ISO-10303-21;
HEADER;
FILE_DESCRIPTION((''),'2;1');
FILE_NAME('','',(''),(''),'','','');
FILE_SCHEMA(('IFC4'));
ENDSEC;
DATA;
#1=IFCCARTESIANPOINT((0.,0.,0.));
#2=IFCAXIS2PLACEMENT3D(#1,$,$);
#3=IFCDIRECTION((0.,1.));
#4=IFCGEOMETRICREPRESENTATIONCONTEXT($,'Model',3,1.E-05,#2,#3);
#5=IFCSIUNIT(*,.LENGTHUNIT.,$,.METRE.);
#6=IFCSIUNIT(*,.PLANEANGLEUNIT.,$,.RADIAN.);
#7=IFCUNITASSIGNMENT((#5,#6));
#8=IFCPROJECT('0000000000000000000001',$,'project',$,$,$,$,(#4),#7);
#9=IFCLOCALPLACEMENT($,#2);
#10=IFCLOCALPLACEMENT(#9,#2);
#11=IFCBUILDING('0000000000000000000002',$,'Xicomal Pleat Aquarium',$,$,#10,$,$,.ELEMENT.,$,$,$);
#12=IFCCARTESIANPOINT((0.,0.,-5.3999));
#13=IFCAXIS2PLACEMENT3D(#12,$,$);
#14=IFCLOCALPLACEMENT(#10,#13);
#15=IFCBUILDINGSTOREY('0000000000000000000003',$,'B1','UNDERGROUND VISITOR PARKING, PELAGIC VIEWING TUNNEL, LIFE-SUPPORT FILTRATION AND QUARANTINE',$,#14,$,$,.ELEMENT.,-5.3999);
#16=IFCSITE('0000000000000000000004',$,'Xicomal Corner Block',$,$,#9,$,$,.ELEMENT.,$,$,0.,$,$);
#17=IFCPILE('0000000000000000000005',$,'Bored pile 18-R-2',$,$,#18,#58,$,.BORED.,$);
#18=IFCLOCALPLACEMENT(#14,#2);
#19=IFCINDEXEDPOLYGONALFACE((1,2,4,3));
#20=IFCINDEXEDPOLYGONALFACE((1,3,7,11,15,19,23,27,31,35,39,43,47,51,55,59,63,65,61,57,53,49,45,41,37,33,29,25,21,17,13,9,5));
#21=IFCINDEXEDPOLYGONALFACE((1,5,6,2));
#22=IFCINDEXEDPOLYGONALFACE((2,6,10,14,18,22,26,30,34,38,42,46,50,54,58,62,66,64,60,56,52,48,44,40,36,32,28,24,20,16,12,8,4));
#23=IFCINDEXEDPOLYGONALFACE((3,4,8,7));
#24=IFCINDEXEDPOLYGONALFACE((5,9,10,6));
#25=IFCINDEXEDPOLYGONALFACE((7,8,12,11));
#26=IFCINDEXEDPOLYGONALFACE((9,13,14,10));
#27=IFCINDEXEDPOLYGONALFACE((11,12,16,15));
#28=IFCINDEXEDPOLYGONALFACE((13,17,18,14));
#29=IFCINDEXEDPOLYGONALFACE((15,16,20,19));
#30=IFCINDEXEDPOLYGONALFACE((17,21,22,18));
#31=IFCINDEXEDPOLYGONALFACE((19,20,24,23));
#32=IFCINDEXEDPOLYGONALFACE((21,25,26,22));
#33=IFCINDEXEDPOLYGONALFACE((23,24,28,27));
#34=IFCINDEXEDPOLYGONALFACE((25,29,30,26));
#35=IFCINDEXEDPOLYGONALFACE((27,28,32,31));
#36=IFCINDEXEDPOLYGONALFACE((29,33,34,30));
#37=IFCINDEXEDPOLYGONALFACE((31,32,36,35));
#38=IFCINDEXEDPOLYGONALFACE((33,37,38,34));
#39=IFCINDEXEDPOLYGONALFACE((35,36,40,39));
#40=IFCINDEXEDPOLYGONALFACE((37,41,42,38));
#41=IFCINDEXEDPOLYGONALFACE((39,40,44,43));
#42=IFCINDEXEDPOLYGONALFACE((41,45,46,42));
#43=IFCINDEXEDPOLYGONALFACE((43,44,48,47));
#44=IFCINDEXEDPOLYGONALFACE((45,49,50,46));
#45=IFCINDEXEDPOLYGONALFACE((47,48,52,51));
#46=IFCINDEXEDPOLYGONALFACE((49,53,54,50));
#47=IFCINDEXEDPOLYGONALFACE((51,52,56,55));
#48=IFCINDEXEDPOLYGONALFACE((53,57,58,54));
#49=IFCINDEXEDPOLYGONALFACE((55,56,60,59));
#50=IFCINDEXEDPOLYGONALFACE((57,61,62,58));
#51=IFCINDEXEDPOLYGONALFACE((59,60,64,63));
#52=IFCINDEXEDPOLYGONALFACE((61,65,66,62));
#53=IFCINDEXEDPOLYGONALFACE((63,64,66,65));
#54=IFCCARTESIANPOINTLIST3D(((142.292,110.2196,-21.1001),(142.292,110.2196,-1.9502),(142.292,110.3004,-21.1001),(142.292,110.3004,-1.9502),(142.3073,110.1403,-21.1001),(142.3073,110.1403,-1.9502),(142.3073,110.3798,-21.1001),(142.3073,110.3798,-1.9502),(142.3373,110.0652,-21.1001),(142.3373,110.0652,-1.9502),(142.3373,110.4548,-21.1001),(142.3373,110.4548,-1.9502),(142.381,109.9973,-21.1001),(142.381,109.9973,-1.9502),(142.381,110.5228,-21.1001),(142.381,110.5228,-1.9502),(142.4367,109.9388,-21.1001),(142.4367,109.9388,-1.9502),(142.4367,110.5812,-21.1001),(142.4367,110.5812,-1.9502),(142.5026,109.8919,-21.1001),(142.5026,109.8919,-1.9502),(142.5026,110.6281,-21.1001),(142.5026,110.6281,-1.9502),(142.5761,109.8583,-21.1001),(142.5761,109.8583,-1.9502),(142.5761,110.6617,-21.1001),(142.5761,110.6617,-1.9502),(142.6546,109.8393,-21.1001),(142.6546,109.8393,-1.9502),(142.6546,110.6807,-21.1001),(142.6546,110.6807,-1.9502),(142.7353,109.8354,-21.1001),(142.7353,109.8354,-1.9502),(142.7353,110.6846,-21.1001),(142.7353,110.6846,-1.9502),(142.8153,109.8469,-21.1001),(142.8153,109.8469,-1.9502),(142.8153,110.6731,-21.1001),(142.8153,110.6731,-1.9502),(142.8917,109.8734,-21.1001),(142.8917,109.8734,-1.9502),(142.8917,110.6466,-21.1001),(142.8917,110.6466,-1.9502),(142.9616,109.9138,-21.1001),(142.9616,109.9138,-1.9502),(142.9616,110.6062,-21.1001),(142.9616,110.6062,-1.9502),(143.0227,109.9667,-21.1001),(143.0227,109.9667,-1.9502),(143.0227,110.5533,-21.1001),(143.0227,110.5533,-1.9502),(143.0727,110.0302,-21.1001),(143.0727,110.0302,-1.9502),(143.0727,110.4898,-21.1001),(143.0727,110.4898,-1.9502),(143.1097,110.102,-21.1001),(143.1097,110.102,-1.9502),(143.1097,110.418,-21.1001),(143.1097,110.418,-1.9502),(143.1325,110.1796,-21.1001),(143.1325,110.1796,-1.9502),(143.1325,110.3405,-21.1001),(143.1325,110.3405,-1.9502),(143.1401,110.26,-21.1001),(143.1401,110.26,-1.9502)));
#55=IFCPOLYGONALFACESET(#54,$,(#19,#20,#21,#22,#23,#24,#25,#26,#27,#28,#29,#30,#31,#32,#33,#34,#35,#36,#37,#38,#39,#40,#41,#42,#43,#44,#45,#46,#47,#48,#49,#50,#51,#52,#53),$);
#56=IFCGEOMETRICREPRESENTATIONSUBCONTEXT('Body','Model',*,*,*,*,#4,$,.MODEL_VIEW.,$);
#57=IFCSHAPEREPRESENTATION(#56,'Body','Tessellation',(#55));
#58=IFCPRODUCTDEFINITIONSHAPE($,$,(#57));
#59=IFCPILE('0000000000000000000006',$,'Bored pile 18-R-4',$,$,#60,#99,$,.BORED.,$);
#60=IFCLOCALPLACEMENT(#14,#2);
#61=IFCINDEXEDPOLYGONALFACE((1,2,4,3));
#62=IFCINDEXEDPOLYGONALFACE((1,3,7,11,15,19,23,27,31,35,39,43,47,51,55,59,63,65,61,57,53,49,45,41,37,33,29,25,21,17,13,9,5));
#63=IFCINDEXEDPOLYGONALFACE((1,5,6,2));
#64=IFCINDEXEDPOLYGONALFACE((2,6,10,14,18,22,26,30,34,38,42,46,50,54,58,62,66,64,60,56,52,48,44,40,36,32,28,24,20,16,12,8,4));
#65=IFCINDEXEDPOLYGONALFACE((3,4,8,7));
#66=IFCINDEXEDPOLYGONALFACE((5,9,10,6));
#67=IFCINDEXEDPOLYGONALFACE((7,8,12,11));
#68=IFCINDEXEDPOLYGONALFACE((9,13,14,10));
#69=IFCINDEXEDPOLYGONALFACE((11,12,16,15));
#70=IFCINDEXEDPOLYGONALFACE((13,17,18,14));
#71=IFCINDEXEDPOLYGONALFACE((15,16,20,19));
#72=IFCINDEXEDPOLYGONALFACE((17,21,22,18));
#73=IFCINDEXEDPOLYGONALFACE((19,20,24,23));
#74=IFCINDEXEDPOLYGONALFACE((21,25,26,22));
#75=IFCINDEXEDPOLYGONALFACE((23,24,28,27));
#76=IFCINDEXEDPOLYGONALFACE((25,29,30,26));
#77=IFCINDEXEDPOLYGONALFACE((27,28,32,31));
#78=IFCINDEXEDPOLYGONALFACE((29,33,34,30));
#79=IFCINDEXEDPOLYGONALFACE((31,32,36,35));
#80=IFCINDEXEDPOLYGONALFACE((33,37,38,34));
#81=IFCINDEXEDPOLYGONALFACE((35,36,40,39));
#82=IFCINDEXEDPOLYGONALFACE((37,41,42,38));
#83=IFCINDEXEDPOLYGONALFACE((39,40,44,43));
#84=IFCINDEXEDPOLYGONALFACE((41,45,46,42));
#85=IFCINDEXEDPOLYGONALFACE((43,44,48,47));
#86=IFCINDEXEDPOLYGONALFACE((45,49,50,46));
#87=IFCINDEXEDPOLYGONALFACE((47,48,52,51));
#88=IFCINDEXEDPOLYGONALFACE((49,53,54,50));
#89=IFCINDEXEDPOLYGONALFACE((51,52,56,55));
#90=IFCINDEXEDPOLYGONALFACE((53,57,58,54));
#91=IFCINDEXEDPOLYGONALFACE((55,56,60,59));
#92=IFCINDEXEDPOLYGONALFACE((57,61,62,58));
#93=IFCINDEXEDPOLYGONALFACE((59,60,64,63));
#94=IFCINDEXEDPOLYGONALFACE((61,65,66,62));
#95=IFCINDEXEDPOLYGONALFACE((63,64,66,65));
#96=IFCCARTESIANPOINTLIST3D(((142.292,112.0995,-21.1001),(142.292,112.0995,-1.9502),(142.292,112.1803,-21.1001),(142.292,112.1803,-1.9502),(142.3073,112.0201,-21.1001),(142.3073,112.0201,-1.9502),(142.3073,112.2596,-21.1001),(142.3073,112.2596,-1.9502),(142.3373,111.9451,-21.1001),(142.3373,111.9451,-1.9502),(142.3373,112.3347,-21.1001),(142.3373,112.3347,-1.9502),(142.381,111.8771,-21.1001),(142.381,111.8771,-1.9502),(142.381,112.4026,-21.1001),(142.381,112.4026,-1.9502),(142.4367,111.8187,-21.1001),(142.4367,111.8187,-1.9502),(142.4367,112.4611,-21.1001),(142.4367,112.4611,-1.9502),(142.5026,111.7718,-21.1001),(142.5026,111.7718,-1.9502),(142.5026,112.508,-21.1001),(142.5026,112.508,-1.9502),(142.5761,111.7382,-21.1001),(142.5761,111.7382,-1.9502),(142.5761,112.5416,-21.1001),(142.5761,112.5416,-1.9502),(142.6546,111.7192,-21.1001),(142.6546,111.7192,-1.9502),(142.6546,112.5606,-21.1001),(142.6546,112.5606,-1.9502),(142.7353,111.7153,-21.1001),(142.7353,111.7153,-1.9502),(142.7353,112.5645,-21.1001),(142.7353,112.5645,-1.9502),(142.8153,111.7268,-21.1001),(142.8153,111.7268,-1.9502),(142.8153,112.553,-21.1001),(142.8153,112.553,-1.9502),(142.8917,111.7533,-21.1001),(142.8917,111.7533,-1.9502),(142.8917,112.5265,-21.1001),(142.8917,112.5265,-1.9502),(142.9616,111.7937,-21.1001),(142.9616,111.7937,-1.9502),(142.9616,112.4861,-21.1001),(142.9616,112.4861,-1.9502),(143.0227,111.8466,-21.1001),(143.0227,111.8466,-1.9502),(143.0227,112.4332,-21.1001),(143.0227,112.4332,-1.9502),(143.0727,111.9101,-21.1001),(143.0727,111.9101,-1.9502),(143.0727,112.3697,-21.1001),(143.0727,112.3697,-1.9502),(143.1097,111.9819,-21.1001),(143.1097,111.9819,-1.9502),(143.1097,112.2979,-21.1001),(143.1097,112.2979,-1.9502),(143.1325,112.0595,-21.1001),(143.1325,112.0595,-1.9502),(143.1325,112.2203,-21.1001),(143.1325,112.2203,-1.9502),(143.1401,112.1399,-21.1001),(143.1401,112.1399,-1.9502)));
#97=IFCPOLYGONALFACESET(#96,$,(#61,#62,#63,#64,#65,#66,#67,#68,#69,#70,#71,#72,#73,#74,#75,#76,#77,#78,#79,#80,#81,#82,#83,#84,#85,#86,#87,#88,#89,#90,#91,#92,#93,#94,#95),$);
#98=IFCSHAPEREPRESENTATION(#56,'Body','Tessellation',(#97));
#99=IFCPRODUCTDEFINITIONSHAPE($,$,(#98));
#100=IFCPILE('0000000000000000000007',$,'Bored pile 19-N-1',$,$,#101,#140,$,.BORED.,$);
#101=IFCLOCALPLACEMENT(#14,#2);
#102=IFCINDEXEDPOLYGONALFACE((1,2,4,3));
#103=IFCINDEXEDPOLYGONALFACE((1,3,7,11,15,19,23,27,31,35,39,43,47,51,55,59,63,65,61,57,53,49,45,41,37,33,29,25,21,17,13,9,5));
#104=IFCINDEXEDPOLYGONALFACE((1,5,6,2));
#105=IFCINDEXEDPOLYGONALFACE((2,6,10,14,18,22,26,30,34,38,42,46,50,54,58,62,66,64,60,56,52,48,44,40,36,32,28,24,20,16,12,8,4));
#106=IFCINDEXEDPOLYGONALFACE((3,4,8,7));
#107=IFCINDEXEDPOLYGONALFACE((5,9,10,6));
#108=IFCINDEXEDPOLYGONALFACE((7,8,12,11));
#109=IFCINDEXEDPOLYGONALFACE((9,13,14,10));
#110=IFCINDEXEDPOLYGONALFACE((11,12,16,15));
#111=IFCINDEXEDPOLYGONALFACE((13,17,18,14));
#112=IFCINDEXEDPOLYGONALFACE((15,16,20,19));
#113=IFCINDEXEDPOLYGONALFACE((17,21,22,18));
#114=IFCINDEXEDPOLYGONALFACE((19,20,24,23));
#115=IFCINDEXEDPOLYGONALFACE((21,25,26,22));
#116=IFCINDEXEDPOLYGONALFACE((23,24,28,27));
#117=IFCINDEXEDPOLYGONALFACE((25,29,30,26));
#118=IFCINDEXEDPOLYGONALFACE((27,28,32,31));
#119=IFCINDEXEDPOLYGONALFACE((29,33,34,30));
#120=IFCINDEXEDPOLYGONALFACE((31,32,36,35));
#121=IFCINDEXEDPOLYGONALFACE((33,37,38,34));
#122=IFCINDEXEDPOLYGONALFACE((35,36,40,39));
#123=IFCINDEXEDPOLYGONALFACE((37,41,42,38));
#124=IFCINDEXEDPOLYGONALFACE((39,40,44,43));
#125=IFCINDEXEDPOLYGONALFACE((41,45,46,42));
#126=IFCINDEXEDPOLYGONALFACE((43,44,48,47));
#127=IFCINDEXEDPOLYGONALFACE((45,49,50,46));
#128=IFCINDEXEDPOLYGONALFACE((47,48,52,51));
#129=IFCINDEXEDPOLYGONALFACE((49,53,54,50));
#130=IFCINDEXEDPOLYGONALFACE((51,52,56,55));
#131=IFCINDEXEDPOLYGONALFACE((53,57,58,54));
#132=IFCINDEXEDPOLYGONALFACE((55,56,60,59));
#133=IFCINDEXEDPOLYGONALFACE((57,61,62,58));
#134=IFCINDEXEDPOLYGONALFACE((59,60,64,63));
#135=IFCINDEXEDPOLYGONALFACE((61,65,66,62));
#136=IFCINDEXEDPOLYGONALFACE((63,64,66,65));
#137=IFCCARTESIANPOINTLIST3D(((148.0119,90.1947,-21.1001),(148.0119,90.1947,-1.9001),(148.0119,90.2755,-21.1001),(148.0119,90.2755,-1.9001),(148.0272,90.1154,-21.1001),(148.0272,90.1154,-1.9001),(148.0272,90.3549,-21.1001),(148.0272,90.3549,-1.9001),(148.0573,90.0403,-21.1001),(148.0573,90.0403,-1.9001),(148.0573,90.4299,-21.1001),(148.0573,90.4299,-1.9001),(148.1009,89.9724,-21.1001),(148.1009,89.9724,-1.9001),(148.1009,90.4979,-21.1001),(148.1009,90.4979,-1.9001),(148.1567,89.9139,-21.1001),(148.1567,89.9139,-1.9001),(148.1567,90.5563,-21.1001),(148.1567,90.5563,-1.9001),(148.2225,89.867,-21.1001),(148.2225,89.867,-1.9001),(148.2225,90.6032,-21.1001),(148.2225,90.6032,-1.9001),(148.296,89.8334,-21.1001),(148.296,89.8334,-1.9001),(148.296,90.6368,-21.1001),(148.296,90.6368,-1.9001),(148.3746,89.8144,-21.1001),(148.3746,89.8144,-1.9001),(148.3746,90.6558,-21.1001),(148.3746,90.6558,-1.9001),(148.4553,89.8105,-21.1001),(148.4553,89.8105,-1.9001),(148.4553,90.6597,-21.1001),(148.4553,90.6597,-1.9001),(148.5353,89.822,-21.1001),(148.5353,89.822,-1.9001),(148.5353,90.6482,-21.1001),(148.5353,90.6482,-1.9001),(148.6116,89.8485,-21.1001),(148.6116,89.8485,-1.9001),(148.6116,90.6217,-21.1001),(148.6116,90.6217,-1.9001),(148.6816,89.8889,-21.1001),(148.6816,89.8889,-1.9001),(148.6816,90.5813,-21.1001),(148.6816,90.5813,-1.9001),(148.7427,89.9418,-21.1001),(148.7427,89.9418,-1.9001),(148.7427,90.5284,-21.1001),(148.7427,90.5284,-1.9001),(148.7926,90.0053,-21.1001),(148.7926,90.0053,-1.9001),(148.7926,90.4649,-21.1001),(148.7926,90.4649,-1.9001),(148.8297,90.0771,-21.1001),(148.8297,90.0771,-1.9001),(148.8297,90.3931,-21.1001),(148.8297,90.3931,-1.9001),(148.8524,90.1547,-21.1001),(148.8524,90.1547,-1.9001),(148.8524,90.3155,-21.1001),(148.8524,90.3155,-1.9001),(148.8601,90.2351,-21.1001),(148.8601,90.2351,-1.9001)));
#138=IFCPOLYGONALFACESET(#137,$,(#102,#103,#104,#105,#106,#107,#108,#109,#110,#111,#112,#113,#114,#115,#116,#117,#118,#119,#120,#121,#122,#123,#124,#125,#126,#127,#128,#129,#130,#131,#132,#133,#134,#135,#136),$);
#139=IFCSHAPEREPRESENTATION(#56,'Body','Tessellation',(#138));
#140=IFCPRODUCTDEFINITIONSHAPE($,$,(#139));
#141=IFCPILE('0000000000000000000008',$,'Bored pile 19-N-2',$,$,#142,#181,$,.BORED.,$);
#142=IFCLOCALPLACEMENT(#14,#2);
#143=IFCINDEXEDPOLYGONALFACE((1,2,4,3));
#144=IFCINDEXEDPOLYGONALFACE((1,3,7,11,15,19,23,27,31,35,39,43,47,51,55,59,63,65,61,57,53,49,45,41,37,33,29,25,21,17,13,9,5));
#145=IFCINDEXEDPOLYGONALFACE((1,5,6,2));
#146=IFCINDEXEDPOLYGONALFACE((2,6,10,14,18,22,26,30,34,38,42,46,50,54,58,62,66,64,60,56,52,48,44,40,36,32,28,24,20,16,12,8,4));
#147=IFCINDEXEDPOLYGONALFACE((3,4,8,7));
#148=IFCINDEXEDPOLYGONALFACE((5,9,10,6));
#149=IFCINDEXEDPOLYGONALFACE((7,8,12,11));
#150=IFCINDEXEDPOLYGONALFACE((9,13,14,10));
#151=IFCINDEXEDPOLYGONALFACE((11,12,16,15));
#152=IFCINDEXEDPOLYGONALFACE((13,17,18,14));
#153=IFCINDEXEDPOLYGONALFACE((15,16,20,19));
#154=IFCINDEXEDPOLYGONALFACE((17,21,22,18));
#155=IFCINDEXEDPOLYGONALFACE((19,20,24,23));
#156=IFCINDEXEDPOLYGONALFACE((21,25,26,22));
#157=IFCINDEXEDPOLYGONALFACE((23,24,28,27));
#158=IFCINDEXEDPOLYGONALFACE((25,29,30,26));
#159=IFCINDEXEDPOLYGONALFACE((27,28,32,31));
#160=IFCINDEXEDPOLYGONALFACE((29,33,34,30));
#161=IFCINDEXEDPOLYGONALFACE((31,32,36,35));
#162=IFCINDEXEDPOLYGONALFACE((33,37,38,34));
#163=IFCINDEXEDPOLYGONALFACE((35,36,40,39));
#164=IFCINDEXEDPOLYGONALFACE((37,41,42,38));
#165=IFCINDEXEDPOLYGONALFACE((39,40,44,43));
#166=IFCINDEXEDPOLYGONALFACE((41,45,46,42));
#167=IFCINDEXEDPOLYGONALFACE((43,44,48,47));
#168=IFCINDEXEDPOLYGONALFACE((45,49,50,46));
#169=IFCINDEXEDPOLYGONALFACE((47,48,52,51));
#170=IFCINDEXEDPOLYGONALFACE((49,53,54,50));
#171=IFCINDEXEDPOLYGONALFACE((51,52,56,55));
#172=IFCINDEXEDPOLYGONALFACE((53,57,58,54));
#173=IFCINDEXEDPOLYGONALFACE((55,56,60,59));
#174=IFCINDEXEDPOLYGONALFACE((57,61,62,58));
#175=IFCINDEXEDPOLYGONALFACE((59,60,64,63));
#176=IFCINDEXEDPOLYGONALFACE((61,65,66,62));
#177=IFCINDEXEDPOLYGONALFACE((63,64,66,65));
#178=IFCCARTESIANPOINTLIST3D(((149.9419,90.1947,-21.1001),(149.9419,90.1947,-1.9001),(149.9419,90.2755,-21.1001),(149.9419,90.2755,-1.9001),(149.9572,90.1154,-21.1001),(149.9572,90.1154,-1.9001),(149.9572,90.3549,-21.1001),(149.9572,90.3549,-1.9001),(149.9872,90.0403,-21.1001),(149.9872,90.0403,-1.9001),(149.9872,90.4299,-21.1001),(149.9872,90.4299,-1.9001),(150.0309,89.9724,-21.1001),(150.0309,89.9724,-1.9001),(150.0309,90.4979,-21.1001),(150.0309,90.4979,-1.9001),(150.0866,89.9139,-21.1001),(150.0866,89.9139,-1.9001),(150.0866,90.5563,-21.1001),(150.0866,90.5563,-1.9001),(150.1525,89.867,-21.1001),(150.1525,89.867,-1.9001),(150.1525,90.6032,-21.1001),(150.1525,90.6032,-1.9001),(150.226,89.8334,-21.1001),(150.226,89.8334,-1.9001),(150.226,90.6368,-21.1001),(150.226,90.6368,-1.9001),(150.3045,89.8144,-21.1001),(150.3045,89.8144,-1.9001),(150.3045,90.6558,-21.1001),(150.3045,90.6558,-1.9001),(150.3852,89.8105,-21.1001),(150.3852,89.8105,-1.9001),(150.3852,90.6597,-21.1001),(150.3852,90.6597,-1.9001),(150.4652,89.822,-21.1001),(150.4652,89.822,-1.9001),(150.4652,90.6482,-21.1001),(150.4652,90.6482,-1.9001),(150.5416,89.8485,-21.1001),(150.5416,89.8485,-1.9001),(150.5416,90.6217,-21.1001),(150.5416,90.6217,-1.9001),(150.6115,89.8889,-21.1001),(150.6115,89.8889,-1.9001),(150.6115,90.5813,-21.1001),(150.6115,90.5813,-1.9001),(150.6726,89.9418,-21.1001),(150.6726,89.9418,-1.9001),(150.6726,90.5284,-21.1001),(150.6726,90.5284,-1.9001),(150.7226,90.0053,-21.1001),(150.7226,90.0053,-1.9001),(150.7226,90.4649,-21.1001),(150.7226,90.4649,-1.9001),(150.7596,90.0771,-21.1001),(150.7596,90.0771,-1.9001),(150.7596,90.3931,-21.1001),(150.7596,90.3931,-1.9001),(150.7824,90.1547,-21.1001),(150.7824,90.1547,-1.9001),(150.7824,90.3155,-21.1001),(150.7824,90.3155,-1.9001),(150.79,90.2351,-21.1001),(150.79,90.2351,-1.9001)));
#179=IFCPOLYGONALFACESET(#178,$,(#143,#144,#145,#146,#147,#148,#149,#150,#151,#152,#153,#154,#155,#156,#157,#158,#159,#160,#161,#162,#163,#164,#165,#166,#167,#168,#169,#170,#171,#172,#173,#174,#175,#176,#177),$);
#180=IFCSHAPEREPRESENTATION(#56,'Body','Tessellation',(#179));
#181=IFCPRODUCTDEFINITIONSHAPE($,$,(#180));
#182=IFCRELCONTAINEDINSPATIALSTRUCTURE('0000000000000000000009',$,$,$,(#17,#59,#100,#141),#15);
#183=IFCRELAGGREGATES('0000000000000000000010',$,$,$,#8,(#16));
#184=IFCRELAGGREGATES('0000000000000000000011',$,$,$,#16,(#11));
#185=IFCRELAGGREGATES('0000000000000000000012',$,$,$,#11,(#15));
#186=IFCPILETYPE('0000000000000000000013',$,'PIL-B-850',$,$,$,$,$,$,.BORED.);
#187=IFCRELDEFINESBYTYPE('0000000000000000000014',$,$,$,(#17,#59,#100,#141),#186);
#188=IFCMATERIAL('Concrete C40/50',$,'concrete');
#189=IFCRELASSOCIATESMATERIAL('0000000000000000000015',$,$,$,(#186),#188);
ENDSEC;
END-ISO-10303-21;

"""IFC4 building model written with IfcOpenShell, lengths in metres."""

from ifc_helpers import new_model, si_unit, direction, frame, origin, origin_2d, place, context, subcontext, project, spatial, circle, extrude, material, material_profile, profile_set, type_object, element, save


model = new_model("IFC4")

# Units and contexts
model_context = context("Model", 3, precision=1e-05, world=origin(), true_north=direction((0.0, 1.0)))
body_context = subcontext(model_context, "Body", "Model", "MODEL_VIEW")
ifc_project = project(units=[si_unit("LENGTHUNIT", "METRE"), si_unit("PLANEANGLEUNIT", "RADIAN")], contexts=[model_context])

# Site, building, storey
site_placement = place(None, origin())
site = spatial("IfcSite", under=ifc_project, at=site_placement, Name="Xicomal Corner Block", CompositionType="ELEMENT", RefElevation=0.0)
building_placement = place(site_placement, origin())
building = spatial("IfcBuilding", under=site, at=building_placement, Name="Xicomal Pleat Aquarium", CompositionType="ELEMENT")
storey_placement = place(building_placement, frame((0.0, 0.0, -5.3999)))
storey = spatial("IfcBuildingStorey", under=building, at=storey_placement, Name="B1", Description="UNDERGROUND VISITOR PARKING, PELAGIC VIEWING TUNNEL, LIFE-SUPPORT FILTRATION AND QUARANTINE", CompositionType="ELEMENT", Elevation=-5.3999)

# Piles
ifc_material_1 = material(Name="Concrete C40/50", Category="concrete")
ifc_material_profile_1 = material_profile(ifc_material_1, circle(Radius=0.425, at=origin_2d()), Name="BORED PILE D850")
ifc_profile_set_1 = profile_set([ifc_material_profile_1], Name="Concrete C40/50")
pile_type_1 = type_object("IfcPileType", Name="PIL-B-850", PredefinedType="BORED", material=ifc_profile_set_1)
for number, where, z_axis, x_axis, name in (
    (1, (142.7151, 110.26, -1.9502), (0.0, 0.0, -1.0), (1.0, 0.0, 0.0), "Bored pile 18-R-2"),
    (2, (142.7151, 112.1399, -1.9502), (0.0, 0.0, -1.0), (1.0, 0.0, 0.0), "Bored pile 18-R-4"),
):
    element("IfcPile", number, at=place(storey_placement, frame(where, z_axis=z_axis, x_axis=x_axis)), inside=storey, type_object=pile_type_1, Name=name, PredefinedType="BORED", context=body_context, shape_type="SweptSolid", body=[
        extrude(circle(Radius=0.425, at=origin_2d()), origin(), (0.0, 0.0, 1.0), 19.1499),
    ])
for number, where, z_axis, x_axis, name in (
    (3, (148.4351, 90.2351, -1.9001), (0.0, 0.0, -1.0), (1.0, 0.0, 0.0), "Bored pile 19-N-1"),
    (4, (150.365, 90.2351, -1.9001), (0.0, 0.0, -1.0), (1.0, 0.0, 0.0), "Bored pile 19-N-2"),
):
    element("IfcPile", number, at=place(storey_placement, frame(where, z_axis=z_axis, x_axis=x_axis)), inside=storey, type_object=pile_type_1, Name=name, PredefinedType="BORED", context=body_context, shape_type="SweptSolid", body=[
        extrude(circle(Radius=0.425, at=origin_2d()), origin(), (0.0, 0.0, 1.0), 19.2),
    ])

save(model, "model.ifc")
